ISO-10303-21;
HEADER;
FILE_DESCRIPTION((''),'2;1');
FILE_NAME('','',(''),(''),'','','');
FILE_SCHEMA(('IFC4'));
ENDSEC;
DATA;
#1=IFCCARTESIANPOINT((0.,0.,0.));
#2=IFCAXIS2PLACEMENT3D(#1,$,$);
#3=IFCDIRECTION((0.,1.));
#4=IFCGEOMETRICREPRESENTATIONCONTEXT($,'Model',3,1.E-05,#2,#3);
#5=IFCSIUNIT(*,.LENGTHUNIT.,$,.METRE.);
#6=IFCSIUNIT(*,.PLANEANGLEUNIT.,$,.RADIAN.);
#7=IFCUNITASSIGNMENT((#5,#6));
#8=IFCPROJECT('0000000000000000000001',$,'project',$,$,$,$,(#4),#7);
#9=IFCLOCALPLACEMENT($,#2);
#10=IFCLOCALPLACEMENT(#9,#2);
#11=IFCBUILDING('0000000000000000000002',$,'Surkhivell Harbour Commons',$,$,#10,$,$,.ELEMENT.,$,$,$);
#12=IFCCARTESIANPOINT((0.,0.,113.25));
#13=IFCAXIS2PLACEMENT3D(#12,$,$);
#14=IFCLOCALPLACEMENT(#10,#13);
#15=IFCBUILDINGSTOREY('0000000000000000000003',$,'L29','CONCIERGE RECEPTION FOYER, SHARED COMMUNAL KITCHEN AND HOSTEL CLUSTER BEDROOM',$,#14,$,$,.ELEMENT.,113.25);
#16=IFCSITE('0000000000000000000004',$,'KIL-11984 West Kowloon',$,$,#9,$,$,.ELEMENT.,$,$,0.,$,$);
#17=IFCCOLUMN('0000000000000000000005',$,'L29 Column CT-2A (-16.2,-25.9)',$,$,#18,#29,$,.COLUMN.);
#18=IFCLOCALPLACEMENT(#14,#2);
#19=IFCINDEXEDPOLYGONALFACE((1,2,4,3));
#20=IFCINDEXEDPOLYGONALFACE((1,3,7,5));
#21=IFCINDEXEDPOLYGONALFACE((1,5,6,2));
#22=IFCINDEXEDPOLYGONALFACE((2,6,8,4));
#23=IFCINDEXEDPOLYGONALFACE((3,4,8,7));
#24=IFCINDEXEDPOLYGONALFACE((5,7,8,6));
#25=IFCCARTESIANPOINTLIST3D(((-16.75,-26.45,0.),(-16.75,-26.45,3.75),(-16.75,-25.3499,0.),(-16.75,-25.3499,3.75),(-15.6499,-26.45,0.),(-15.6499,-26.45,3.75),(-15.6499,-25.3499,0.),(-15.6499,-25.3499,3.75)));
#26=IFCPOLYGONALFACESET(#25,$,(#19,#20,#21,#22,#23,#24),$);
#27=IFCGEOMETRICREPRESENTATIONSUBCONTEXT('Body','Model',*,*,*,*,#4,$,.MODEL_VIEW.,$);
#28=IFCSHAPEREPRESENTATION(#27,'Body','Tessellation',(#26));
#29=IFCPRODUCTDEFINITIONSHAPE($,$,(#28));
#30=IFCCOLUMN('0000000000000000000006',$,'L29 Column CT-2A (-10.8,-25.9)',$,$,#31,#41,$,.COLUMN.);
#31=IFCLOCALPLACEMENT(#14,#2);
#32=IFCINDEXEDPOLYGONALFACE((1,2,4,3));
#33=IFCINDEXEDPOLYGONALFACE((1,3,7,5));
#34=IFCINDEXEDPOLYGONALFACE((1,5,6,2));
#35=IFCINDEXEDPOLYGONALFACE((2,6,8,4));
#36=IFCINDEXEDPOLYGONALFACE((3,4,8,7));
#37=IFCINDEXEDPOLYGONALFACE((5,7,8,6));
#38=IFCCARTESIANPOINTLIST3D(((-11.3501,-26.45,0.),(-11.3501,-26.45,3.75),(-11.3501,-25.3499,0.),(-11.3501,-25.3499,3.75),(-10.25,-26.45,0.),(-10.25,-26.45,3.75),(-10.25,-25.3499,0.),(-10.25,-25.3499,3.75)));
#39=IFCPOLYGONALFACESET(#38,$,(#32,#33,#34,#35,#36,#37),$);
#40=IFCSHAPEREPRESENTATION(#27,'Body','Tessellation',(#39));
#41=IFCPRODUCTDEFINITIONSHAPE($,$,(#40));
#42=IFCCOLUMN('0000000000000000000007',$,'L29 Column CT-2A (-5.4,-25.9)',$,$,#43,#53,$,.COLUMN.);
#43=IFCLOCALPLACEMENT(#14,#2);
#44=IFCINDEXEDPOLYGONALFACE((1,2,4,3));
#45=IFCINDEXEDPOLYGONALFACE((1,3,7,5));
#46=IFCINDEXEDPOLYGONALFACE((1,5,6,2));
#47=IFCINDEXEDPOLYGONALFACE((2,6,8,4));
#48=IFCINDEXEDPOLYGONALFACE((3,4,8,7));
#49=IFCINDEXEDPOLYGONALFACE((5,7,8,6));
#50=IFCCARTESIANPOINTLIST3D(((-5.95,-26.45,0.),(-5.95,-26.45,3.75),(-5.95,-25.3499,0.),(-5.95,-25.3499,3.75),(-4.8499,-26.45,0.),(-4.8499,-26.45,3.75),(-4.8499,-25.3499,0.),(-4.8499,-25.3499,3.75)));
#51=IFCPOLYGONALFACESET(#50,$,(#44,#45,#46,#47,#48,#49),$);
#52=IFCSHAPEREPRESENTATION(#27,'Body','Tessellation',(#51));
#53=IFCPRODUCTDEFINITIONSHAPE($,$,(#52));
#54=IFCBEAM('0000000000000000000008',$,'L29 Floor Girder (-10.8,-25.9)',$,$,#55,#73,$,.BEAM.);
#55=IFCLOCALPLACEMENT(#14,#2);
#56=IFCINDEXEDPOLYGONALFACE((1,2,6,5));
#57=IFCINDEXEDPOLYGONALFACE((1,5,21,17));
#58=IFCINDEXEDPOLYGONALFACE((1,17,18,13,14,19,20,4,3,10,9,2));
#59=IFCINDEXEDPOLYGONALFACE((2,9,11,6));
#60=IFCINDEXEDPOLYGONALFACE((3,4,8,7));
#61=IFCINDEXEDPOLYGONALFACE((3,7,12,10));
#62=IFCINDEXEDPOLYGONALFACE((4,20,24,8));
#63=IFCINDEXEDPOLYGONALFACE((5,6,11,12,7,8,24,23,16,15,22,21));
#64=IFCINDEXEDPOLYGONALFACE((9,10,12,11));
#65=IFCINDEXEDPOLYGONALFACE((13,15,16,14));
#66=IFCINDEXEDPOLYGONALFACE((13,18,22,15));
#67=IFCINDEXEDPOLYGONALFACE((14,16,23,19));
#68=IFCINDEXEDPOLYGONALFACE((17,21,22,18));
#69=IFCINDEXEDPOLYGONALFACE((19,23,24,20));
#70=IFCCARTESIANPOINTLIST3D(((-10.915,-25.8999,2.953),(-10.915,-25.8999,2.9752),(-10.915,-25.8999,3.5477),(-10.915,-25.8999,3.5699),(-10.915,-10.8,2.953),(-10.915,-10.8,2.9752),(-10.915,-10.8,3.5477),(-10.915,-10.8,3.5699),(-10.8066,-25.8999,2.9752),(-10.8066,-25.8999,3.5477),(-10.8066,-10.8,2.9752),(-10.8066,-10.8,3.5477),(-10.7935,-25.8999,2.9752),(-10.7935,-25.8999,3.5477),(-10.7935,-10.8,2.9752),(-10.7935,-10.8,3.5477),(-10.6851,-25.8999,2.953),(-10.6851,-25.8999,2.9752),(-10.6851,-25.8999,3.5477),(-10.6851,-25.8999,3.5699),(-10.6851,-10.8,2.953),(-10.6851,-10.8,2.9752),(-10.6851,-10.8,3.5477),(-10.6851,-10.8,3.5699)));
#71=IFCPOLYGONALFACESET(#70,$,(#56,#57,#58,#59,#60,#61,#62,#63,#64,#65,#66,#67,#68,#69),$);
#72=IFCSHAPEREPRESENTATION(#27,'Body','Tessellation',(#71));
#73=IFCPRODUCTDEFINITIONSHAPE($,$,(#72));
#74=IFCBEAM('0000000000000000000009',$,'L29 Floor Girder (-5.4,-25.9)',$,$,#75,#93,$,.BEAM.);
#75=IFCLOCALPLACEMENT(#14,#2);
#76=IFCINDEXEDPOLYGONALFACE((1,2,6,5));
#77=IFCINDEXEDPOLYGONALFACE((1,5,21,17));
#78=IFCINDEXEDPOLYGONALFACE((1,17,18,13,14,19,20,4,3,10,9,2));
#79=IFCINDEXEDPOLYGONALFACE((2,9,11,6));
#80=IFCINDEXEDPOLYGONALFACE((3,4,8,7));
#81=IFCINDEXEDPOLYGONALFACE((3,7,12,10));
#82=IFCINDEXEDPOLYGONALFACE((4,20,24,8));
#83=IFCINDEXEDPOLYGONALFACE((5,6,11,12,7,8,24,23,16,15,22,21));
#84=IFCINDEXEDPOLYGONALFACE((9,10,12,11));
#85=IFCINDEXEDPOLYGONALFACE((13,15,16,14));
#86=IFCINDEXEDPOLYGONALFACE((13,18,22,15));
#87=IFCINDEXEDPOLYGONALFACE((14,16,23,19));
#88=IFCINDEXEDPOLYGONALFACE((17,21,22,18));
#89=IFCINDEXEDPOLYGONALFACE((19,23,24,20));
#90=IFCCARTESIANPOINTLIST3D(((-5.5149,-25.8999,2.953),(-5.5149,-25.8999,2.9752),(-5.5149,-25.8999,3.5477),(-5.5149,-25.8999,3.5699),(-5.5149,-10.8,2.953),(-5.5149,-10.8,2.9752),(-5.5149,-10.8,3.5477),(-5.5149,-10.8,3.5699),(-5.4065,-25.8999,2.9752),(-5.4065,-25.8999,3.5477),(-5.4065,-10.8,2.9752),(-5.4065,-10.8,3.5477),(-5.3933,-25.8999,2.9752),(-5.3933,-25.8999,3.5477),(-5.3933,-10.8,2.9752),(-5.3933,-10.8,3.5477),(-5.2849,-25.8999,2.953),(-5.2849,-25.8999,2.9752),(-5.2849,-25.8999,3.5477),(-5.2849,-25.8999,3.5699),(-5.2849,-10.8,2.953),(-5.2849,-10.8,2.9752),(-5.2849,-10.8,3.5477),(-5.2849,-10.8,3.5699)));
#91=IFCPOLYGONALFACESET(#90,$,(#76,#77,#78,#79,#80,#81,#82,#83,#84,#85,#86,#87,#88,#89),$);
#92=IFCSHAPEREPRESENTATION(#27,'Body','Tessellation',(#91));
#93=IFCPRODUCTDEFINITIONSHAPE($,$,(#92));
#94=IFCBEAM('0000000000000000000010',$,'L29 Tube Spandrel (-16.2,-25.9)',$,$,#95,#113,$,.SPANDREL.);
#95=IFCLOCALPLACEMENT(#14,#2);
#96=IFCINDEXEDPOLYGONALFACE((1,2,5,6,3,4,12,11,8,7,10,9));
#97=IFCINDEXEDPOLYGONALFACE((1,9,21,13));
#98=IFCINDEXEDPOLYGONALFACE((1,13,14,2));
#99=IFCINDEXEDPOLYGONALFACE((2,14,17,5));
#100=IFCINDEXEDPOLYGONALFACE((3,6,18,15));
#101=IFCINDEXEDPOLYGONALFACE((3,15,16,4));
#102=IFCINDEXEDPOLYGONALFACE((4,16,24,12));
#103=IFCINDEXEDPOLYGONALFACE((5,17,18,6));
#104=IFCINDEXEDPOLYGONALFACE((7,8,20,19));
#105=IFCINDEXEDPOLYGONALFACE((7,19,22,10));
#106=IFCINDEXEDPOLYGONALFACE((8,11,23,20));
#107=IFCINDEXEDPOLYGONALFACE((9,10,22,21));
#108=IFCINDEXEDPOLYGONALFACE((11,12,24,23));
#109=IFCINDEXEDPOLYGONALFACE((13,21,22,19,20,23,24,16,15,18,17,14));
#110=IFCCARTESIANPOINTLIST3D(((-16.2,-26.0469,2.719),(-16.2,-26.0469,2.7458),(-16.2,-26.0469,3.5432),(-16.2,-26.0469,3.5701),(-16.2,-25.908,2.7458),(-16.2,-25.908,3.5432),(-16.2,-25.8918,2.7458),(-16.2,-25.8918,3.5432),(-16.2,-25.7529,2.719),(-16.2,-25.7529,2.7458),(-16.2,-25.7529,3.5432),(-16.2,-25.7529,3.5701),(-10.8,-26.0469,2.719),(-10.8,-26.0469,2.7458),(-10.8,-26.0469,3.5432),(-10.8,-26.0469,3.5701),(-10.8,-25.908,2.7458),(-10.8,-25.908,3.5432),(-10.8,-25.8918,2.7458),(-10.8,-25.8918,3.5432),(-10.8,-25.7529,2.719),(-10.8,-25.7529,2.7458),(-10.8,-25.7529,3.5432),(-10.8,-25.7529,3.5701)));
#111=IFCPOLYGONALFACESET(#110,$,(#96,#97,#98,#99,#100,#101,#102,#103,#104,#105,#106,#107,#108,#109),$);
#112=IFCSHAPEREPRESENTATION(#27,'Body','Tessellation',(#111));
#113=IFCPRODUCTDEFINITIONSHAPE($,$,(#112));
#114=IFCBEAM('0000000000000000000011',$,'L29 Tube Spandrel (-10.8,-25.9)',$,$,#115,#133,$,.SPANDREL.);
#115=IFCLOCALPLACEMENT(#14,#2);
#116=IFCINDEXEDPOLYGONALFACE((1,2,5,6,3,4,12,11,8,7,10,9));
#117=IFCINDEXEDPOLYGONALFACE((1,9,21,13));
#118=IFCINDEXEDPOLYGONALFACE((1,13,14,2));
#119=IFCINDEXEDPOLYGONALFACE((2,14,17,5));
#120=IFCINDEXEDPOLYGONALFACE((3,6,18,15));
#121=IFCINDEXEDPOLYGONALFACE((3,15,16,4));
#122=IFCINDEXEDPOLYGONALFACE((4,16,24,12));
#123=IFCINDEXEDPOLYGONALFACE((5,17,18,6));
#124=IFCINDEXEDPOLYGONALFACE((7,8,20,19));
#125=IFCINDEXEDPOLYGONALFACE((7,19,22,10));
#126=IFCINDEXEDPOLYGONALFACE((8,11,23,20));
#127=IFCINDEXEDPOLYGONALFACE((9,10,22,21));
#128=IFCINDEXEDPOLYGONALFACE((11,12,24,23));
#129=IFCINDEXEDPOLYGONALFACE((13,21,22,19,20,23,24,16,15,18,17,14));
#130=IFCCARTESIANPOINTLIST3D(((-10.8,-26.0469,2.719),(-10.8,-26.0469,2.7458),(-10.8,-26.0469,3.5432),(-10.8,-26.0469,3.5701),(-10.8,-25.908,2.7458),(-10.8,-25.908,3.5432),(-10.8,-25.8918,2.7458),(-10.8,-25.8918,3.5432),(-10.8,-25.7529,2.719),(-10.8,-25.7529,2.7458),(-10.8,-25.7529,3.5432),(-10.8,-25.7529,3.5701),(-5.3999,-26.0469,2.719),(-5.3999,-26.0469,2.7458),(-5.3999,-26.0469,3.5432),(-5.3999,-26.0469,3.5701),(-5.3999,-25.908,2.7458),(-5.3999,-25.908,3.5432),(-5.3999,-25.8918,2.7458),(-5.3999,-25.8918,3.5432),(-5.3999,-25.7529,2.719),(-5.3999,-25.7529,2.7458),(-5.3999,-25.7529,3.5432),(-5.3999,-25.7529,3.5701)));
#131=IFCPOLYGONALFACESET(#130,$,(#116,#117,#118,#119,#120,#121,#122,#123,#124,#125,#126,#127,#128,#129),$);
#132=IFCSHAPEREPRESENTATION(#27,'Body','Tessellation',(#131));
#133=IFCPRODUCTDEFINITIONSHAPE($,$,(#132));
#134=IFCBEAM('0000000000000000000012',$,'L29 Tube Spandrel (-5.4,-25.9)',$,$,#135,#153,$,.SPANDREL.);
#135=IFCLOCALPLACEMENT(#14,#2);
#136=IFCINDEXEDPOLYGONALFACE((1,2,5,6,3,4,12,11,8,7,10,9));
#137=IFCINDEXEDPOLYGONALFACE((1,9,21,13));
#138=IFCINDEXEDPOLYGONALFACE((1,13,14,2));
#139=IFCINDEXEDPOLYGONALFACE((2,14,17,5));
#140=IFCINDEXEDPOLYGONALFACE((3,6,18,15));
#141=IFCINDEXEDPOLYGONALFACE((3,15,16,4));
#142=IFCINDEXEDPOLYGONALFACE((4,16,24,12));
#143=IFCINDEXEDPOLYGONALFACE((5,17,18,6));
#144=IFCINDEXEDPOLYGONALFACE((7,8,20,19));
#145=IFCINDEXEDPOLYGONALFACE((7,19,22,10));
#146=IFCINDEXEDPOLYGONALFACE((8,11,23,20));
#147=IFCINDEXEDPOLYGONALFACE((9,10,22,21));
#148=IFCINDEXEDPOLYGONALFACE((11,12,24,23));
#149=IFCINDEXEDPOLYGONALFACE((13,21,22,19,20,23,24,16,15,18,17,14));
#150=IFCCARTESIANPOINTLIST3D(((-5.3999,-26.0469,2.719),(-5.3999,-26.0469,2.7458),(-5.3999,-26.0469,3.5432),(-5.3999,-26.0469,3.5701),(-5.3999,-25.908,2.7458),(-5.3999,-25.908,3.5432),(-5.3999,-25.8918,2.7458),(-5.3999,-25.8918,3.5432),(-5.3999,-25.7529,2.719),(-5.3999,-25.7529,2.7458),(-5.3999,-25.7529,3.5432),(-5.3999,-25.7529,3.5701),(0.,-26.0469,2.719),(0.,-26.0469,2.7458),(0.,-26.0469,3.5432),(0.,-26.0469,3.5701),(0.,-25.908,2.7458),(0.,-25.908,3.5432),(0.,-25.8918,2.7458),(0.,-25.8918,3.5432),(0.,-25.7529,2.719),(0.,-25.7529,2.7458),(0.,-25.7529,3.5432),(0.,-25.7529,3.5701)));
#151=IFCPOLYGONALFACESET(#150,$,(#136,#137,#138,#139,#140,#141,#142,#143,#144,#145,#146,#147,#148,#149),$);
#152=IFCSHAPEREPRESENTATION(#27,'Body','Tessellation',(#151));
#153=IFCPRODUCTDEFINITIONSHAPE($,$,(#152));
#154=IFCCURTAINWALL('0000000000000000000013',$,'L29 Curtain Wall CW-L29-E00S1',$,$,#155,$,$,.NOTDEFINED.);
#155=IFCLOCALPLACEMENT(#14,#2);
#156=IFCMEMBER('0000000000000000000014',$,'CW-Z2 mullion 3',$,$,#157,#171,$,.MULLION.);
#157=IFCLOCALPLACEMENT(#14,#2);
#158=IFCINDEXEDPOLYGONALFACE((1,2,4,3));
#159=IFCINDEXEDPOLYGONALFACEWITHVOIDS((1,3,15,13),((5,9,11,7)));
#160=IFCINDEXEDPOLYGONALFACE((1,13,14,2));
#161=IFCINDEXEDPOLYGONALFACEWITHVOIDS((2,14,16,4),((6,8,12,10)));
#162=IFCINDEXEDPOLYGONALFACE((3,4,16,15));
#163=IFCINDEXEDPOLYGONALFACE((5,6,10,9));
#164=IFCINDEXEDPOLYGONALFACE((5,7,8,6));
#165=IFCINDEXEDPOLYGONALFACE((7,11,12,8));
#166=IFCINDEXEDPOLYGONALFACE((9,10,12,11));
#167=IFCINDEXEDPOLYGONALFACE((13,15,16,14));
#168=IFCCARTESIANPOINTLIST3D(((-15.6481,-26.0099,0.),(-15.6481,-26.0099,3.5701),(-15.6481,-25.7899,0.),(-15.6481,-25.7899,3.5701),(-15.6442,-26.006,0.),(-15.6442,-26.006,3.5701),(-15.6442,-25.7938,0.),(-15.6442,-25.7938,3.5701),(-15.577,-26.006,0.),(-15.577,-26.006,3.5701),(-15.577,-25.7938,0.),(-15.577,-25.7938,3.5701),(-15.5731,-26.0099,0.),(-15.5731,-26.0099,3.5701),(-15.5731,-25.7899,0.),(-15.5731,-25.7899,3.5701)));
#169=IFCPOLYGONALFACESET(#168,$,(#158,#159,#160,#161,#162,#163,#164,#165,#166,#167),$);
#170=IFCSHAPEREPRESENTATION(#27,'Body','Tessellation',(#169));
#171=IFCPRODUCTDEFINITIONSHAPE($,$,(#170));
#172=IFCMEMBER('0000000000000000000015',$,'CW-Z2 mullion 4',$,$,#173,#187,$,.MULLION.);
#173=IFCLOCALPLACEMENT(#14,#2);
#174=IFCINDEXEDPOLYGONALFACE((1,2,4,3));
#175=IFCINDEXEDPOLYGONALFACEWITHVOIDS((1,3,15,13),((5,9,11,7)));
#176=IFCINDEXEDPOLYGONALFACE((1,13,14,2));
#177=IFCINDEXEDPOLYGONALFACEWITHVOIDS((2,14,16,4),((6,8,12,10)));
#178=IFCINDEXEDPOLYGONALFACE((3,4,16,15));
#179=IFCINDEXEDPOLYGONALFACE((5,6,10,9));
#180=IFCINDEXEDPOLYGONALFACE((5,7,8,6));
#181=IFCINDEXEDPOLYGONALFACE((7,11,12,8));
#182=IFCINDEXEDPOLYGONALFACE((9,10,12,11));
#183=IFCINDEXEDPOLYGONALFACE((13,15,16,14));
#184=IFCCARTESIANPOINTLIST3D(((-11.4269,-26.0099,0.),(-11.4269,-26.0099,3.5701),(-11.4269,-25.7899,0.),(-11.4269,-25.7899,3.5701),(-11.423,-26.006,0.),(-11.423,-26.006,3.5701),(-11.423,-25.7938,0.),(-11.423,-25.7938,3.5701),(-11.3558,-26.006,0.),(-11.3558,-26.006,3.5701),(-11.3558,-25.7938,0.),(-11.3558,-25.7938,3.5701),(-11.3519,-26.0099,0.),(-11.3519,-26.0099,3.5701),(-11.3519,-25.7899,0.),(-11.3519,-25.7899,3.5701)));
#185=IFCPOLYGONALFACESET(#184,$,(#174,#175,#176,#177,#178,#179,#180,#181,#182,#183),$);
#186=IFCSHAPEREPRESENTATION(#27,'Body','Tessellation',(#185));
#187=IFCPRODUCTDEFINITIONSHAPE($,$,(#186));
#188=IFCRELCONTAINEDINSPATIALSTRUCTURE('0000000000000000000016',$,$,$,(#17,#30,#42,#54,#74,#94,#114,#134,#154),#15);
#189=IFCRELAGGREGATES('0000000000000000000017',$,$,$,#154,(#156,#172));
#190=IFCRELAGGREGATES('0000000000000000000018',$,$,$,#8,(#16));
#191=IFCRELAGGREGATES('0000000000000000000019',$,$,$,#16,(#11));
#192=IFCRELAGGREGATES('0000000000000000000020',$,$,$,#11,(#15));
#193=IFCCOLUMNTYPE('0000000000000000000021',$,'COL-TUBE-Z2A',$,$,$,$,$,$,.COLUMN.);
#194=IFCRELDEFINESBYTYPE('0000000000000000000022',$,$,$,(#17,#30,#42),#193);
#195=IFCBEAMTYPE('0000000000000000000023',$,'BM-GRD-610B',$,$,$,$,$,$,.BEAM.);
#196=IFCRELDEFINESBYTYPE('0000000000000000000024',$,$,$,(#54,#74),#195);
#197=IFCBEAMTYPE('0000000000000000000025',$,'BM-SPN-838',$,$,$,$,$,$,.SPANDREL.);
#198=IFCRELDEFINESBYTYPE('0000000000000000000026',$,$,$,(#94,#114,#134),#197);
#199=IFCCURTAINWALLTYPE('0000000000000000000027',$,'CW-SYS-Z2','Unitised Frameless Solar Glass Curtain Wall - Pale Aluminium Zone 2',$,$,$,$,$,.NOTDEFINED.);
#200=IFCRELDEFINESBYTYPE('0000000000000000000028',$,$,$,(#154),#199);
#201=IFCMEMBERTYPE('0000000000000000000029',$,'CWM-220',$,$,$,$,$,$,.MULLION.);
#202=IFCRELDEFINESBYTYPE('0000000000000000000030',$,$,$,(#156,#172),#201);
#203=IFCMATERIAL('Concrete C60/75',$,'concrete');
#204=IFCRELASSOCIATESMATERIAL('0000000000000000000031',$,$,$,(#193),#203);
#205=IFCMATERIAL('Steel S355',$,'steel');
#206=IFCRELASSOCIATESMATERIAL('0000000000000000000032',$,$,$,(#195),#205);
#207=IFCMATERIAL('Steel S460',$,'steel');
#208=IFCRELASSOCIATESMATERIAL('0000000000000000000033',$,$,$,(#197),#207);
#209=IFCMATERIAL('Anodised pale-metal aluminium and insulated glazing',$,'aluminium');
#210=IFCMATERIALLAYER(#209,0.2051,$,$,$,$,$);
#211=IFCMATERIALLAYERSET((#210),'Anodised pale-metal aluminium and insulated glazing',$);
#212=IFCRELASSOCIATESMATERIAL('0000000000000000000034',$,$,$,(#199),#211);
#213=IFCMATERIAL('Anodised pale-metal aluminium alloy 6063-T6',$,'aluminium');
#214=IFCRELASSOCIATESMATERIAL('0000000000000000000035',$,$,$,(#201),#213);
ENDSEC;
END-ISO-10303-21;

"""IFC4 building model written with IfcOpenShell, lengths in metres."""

from ifc_helpers import new_model, si_unit, direction, frame, origin, origin_2d, place, context, subcontext, project, spatial, rectangle, hollow_rectangle, i_section, extrude, material, layer, layer_set, material_profile, profile_set, type_object, element, aggregate, save


model = new_model("IFC4")

# Units and contexts
model_context = context("Model", 3, precision=1e-05, world=origin(), true_north=direction((0.0, 1.0)))
body_context = subcontext(model_context, "Body", "Model", "MODEL_VIEW")
ifc_project = project(units=[si_unit("LENGTHUNIT", "METRE"), si_unit("PLANEANGLEUNIT", "RADIAN")], contexts=[model_context])

# Site, building, storey
site_placement = place(None, origin())
site = spatial("IfcSite", under=ifc_project, at=site_placement, Name="KIL-11984 West Kowloon", CompositionType="ELEMENT", RefElevation=0.0)
building_placement = place(site_placement, origin())
building = spatial("IfcBuilding", under=site, at=building_placement, Name="Surkhivell Harbour Commons", CompositionType="ELEMENT")
storey_placement = place(building_placement, frame((0.0, 0.0, 113.25)))
storey = spatial("IfcBuildingStorey", under=building, at=storey_placement, Name="L29", Description="CONCIERGE RECEPTION FOYER, SHARED COMMUNAL KITCHEN AND HOSTEL CLUSTER BEDROOM", CompositionType="ELEMENT", Elevation=113.25)

# Columns
ifc_material_1 = material(Name="Concrete C60/75", Category="concrete")
ifc_material_profile_1 = material_profile(ifc_material_1, rectangle(XDim=1.1001, YDim=1.1001, at=origin_2d()), Name="RC-COL-1100x1100")
ifc_profile_set_1 = profile_set([ifc_material_profile_1], Name="Concrete C60/75")
column_type = type_object("IfcColumnType", Name="COL-TUBE-Z2A", PredefinedType="COLUMN", material=ifc_profile_set_1)
for number, where, z_axis, x_axis, name in (
    (1, (-16.2, -25.8999, 0.0), (0.0, 0.0, 1.0), (1.0, 0.0, 0.0), "L29 Column CT-2A (-16.2,-25.9)"),
    (2, (-10.8, -25.8999, 0.0), (0.0, 0.0, 1.0), (1.0, 0.0, 0.0), "L29 Column CT-2A (-10.8,-25.9)"),
    (3, (-5.3999, -25.8999, 0.0), (0.0, 0.0, 1.0), (1.0, 0.0, 0.0), "L29 Column CT-2A (-5.4,-25.9)"),
):
    element("IfcColumn", number, at=place(storey_placement, frame(where, z_axis=z_axis, x_axis=x_axis)), inside=storey, type_object=column_type, Name=name, PredefinedType="COLUMN", context=body_context, shape_type="SweptSolid", body=[
        extrude(rectangle(XDim=1.1001, YDim=1.1001, at=origin_2d()), origin(), (0.0, 0.0, 1.0), 3.75),
    ])

# Beams
ifc_material_2 = material(Name="Steel S355", Category="steel")
ifc_material_profile_2 = material_profile(ifc_material_2, i_section(OverallWidth=0.23, OverallDepth=0.6169, WebThickness=0.0132, FlangeThickness=0.0222, at=origin_2d()), Name="UB610x229x140")
ifc_profile_set_2 = profile_set([ifc_material_profile_2], Name="Steel S355")
beam_type_1 = type_object("IfcBeamType", Name="BM-GRD-610B", PredefinedType="BEAM", material=ifc_profile_set_2)
for number, where, z_axis, x_axis, name in (
    (4, (-10.8, -25.8999, 3.2615), (0.0, 1.0, 0.0), (-1.0, 0.0, 0.0), "L29 Floor Girder (-10.8,-25.9)"),
    (5, (-5.3999, -25.8999, 3.2615), (0.0, 1.0, 0.0), (-1.0, 0.0, 0.0), "L29 Floor Girder (-5.4,-25.9)"),
):
    element("IfcBeam", number, at=place(storey_placement, frame(where, z_axis=z_axis, x_axis=x_axis)), inside=storey, type_object=beam_type_1, Name=name, PredefinedType="BEAM", context=body_context, shape_type="SweptSolid", body=[
        extrude(i_section(OverallWidth=0.23, OverallDepth=0.6169, WebThickness=0.0132, FlangeThickness=0.0222, at=origin_2d()), origin(), (0.0, 0.0, 1.0), 15.0999),
    ])
ifc_material_3 = material(Name="Steel S460", Category="steel")
ifc_material_profile_3 = material_profile(ifc_material_3, i_section(OverallWidth=0.2939, OverallDepth=0.8511, WebThickness=0.0161, FlangeThickness=0.0269, at=origin_2d()), Name="UB838x292x226")
ifc_profile_set_3 = profile_set([ifc_material_profile_3], Name="Steel S460")
beam_type_2 = type_object("IfcBeamType", Name="BM-SPN-838", PredefinedType="SPANDREL", material=ifc_profile_set_3)
beam_1_placement = place(storey_placement, frame((-16.2, -25.8999, 3.1445), z_axis=(1.0, 0.0, 0.0), x_axis=(0.0, 1.0, 0.0)))
element("IfcBeam", 6, at=beam_1_placement, inside=storey, type_object=beam_type_2, Name="L29 Tube Spandrel (-16.2,-25.9)", PredefinedType="SPANDREL", context=body_context, shape_type="SweptSolid", body=[
    extrude(i_section(OverallWidth=0.2939, OverallDepth=0.8511, WebThickness=0.0161, FlangeThickness=0.0269, at=origin_2d()), origin(), (0.0, 0.0, 1.0), 5.3999),
])
beam_2_placement = place(storey_placement, frame((-10.8, -25.8999, 3.1445), z_axis=(1.0, 0.0, 0.0), x_axis=(0.0, 1.0, 0.0)))
element("IfcBeam", 7, at=beam_2_placement, inside=storey, type_object=beam_type_2, Name="L29 Tube Spandrel (-10.8,-25.9)", PredefinedType="SPANDREL", context=body_context, shape_type="SweptSolid", body=[
    extrude(i_section(OverallWidth=0.2939, OverallDepth=0.8511, WebThickness=0.0161, FlangeThickness=0.0269, at=origin_2d()), origin(), (0.0, 0.0, 1.0), 5.4001),
])
beam_3_placement = place(storey_placement, frame((-5.3999, -25.8999, 3.1445), z_axis=(1.0, 0.0, 0.0), x_axis=(0.0, 1.0, 0.0)))
element("IfcBeam", 8, at=beam_3_placement, inside=storey, type_object=beam_type_2, Name="L29 Tube Spandrel (-5.4,-25.9)", PredefinedType="SPANDREL", context=body_context, shape_type="SweptSolid", body=[
    extrude(i_section(OverallWidth=0.2939, OverallDepth=0.8511, WebThickness=0.0161, FlangeThickness=0.0269, at=origin_2d()), origin(), (0.0, 0.0, 1.0), 5.3999),
])

# Curtain wall, members
ifc_material_4 = material(Name="Anodised pale-metal aluminium and insulated glazing", Category="aluminium")
ifc_layer_1 = layer(ifc_material_4, 0.2051)
ifc_layer_set_1 = layer_set([ifc_layer_1], Name="Anodised pale-metal aluminium and insulated glazing")
curtain_wall_type = type_object("IfcCurtainWallType", Name="CW-SYS-Z2", Description="Unitised Frameless Solar Glass Curtain Wall - Pale Aluminium Zone 2", PredefinedType="NOTDEFINED", material=ifc_layer_set_1)
curtain_wall_placement = place(storey_placement, origin())
curtain_wall = element("IfcCurtainWall", 9, at=curtain_wall_placement, inside=storey, type_object=curtain_wall_type, Name="L29 Curtain Wall CW-L29-E00S1", PredefinedType="NOTDEFINED")
ifc_material_5 = material(Name="Anodised pale-metal aluminium alloy 6063-T6", Category="aluminium")
ifc_material_profile_4 = material_profile(ifc_material_5, hollow_rectangle(XDim=0.075, YDim=0.22, WallThickness=0.0039, at=origin_2d()), Name="ALU-MULL-75x220")
ifc_profile_set_4 = profile_set([ifc_material_profile_4], Name="Anodised pale-metal aluminium alloy 6063-T6")
member_type_1 = type_object("IfcMemberType", Name="CWM-220", PredefinedType="MULLION", material=ifc_profile_set_4)
member_1_placement = place(storey_placement, frame((-15.6106, -25.8999, 0.0), z_axis=(0.0, 0.0, 1.0), x_axis=(1.0, 0.0, 0.0)))
member_1 = element("IfcMember", 10, at=member_1_placement, type_object=member_type_1, Name="CW-Z2 mullion 3", PredefinedType="MULLION", context=body_context, shape_type="SweptSolid", body=[
    extrude(hollow_rectangle(XDim=0.075, YDim=0.22, WallThickness=0.0039, at=origin_2d()), origin(), (0.0, 0.0, 1.0), 3.5701),
])
member_2_placement = place(storey_placement, frame((-11.3894, -25.8999, 0.0), z_axis=(0.0, 0.0, 1.0), x_axis=(1.0, 0.0, 0.0)))
member_2 = element("IfcMember", 11, at=member_2_placement, type_object=member_type_1, Name="CW-Z2 mullion 4", PredefinedType="MULLION", context=body_context, shape_type="SweptSolid", body=[
    extrude(hollow_rectangle(XDim=0.075, YDim=0.22, WallThickness=0.0039, at=origin_2d()), origin(), (0.0, 0.0, 1.0), 3.5701),
])

aggregate(curtain_wall, [member_1, member_2])

save(model, "model.ifc")
